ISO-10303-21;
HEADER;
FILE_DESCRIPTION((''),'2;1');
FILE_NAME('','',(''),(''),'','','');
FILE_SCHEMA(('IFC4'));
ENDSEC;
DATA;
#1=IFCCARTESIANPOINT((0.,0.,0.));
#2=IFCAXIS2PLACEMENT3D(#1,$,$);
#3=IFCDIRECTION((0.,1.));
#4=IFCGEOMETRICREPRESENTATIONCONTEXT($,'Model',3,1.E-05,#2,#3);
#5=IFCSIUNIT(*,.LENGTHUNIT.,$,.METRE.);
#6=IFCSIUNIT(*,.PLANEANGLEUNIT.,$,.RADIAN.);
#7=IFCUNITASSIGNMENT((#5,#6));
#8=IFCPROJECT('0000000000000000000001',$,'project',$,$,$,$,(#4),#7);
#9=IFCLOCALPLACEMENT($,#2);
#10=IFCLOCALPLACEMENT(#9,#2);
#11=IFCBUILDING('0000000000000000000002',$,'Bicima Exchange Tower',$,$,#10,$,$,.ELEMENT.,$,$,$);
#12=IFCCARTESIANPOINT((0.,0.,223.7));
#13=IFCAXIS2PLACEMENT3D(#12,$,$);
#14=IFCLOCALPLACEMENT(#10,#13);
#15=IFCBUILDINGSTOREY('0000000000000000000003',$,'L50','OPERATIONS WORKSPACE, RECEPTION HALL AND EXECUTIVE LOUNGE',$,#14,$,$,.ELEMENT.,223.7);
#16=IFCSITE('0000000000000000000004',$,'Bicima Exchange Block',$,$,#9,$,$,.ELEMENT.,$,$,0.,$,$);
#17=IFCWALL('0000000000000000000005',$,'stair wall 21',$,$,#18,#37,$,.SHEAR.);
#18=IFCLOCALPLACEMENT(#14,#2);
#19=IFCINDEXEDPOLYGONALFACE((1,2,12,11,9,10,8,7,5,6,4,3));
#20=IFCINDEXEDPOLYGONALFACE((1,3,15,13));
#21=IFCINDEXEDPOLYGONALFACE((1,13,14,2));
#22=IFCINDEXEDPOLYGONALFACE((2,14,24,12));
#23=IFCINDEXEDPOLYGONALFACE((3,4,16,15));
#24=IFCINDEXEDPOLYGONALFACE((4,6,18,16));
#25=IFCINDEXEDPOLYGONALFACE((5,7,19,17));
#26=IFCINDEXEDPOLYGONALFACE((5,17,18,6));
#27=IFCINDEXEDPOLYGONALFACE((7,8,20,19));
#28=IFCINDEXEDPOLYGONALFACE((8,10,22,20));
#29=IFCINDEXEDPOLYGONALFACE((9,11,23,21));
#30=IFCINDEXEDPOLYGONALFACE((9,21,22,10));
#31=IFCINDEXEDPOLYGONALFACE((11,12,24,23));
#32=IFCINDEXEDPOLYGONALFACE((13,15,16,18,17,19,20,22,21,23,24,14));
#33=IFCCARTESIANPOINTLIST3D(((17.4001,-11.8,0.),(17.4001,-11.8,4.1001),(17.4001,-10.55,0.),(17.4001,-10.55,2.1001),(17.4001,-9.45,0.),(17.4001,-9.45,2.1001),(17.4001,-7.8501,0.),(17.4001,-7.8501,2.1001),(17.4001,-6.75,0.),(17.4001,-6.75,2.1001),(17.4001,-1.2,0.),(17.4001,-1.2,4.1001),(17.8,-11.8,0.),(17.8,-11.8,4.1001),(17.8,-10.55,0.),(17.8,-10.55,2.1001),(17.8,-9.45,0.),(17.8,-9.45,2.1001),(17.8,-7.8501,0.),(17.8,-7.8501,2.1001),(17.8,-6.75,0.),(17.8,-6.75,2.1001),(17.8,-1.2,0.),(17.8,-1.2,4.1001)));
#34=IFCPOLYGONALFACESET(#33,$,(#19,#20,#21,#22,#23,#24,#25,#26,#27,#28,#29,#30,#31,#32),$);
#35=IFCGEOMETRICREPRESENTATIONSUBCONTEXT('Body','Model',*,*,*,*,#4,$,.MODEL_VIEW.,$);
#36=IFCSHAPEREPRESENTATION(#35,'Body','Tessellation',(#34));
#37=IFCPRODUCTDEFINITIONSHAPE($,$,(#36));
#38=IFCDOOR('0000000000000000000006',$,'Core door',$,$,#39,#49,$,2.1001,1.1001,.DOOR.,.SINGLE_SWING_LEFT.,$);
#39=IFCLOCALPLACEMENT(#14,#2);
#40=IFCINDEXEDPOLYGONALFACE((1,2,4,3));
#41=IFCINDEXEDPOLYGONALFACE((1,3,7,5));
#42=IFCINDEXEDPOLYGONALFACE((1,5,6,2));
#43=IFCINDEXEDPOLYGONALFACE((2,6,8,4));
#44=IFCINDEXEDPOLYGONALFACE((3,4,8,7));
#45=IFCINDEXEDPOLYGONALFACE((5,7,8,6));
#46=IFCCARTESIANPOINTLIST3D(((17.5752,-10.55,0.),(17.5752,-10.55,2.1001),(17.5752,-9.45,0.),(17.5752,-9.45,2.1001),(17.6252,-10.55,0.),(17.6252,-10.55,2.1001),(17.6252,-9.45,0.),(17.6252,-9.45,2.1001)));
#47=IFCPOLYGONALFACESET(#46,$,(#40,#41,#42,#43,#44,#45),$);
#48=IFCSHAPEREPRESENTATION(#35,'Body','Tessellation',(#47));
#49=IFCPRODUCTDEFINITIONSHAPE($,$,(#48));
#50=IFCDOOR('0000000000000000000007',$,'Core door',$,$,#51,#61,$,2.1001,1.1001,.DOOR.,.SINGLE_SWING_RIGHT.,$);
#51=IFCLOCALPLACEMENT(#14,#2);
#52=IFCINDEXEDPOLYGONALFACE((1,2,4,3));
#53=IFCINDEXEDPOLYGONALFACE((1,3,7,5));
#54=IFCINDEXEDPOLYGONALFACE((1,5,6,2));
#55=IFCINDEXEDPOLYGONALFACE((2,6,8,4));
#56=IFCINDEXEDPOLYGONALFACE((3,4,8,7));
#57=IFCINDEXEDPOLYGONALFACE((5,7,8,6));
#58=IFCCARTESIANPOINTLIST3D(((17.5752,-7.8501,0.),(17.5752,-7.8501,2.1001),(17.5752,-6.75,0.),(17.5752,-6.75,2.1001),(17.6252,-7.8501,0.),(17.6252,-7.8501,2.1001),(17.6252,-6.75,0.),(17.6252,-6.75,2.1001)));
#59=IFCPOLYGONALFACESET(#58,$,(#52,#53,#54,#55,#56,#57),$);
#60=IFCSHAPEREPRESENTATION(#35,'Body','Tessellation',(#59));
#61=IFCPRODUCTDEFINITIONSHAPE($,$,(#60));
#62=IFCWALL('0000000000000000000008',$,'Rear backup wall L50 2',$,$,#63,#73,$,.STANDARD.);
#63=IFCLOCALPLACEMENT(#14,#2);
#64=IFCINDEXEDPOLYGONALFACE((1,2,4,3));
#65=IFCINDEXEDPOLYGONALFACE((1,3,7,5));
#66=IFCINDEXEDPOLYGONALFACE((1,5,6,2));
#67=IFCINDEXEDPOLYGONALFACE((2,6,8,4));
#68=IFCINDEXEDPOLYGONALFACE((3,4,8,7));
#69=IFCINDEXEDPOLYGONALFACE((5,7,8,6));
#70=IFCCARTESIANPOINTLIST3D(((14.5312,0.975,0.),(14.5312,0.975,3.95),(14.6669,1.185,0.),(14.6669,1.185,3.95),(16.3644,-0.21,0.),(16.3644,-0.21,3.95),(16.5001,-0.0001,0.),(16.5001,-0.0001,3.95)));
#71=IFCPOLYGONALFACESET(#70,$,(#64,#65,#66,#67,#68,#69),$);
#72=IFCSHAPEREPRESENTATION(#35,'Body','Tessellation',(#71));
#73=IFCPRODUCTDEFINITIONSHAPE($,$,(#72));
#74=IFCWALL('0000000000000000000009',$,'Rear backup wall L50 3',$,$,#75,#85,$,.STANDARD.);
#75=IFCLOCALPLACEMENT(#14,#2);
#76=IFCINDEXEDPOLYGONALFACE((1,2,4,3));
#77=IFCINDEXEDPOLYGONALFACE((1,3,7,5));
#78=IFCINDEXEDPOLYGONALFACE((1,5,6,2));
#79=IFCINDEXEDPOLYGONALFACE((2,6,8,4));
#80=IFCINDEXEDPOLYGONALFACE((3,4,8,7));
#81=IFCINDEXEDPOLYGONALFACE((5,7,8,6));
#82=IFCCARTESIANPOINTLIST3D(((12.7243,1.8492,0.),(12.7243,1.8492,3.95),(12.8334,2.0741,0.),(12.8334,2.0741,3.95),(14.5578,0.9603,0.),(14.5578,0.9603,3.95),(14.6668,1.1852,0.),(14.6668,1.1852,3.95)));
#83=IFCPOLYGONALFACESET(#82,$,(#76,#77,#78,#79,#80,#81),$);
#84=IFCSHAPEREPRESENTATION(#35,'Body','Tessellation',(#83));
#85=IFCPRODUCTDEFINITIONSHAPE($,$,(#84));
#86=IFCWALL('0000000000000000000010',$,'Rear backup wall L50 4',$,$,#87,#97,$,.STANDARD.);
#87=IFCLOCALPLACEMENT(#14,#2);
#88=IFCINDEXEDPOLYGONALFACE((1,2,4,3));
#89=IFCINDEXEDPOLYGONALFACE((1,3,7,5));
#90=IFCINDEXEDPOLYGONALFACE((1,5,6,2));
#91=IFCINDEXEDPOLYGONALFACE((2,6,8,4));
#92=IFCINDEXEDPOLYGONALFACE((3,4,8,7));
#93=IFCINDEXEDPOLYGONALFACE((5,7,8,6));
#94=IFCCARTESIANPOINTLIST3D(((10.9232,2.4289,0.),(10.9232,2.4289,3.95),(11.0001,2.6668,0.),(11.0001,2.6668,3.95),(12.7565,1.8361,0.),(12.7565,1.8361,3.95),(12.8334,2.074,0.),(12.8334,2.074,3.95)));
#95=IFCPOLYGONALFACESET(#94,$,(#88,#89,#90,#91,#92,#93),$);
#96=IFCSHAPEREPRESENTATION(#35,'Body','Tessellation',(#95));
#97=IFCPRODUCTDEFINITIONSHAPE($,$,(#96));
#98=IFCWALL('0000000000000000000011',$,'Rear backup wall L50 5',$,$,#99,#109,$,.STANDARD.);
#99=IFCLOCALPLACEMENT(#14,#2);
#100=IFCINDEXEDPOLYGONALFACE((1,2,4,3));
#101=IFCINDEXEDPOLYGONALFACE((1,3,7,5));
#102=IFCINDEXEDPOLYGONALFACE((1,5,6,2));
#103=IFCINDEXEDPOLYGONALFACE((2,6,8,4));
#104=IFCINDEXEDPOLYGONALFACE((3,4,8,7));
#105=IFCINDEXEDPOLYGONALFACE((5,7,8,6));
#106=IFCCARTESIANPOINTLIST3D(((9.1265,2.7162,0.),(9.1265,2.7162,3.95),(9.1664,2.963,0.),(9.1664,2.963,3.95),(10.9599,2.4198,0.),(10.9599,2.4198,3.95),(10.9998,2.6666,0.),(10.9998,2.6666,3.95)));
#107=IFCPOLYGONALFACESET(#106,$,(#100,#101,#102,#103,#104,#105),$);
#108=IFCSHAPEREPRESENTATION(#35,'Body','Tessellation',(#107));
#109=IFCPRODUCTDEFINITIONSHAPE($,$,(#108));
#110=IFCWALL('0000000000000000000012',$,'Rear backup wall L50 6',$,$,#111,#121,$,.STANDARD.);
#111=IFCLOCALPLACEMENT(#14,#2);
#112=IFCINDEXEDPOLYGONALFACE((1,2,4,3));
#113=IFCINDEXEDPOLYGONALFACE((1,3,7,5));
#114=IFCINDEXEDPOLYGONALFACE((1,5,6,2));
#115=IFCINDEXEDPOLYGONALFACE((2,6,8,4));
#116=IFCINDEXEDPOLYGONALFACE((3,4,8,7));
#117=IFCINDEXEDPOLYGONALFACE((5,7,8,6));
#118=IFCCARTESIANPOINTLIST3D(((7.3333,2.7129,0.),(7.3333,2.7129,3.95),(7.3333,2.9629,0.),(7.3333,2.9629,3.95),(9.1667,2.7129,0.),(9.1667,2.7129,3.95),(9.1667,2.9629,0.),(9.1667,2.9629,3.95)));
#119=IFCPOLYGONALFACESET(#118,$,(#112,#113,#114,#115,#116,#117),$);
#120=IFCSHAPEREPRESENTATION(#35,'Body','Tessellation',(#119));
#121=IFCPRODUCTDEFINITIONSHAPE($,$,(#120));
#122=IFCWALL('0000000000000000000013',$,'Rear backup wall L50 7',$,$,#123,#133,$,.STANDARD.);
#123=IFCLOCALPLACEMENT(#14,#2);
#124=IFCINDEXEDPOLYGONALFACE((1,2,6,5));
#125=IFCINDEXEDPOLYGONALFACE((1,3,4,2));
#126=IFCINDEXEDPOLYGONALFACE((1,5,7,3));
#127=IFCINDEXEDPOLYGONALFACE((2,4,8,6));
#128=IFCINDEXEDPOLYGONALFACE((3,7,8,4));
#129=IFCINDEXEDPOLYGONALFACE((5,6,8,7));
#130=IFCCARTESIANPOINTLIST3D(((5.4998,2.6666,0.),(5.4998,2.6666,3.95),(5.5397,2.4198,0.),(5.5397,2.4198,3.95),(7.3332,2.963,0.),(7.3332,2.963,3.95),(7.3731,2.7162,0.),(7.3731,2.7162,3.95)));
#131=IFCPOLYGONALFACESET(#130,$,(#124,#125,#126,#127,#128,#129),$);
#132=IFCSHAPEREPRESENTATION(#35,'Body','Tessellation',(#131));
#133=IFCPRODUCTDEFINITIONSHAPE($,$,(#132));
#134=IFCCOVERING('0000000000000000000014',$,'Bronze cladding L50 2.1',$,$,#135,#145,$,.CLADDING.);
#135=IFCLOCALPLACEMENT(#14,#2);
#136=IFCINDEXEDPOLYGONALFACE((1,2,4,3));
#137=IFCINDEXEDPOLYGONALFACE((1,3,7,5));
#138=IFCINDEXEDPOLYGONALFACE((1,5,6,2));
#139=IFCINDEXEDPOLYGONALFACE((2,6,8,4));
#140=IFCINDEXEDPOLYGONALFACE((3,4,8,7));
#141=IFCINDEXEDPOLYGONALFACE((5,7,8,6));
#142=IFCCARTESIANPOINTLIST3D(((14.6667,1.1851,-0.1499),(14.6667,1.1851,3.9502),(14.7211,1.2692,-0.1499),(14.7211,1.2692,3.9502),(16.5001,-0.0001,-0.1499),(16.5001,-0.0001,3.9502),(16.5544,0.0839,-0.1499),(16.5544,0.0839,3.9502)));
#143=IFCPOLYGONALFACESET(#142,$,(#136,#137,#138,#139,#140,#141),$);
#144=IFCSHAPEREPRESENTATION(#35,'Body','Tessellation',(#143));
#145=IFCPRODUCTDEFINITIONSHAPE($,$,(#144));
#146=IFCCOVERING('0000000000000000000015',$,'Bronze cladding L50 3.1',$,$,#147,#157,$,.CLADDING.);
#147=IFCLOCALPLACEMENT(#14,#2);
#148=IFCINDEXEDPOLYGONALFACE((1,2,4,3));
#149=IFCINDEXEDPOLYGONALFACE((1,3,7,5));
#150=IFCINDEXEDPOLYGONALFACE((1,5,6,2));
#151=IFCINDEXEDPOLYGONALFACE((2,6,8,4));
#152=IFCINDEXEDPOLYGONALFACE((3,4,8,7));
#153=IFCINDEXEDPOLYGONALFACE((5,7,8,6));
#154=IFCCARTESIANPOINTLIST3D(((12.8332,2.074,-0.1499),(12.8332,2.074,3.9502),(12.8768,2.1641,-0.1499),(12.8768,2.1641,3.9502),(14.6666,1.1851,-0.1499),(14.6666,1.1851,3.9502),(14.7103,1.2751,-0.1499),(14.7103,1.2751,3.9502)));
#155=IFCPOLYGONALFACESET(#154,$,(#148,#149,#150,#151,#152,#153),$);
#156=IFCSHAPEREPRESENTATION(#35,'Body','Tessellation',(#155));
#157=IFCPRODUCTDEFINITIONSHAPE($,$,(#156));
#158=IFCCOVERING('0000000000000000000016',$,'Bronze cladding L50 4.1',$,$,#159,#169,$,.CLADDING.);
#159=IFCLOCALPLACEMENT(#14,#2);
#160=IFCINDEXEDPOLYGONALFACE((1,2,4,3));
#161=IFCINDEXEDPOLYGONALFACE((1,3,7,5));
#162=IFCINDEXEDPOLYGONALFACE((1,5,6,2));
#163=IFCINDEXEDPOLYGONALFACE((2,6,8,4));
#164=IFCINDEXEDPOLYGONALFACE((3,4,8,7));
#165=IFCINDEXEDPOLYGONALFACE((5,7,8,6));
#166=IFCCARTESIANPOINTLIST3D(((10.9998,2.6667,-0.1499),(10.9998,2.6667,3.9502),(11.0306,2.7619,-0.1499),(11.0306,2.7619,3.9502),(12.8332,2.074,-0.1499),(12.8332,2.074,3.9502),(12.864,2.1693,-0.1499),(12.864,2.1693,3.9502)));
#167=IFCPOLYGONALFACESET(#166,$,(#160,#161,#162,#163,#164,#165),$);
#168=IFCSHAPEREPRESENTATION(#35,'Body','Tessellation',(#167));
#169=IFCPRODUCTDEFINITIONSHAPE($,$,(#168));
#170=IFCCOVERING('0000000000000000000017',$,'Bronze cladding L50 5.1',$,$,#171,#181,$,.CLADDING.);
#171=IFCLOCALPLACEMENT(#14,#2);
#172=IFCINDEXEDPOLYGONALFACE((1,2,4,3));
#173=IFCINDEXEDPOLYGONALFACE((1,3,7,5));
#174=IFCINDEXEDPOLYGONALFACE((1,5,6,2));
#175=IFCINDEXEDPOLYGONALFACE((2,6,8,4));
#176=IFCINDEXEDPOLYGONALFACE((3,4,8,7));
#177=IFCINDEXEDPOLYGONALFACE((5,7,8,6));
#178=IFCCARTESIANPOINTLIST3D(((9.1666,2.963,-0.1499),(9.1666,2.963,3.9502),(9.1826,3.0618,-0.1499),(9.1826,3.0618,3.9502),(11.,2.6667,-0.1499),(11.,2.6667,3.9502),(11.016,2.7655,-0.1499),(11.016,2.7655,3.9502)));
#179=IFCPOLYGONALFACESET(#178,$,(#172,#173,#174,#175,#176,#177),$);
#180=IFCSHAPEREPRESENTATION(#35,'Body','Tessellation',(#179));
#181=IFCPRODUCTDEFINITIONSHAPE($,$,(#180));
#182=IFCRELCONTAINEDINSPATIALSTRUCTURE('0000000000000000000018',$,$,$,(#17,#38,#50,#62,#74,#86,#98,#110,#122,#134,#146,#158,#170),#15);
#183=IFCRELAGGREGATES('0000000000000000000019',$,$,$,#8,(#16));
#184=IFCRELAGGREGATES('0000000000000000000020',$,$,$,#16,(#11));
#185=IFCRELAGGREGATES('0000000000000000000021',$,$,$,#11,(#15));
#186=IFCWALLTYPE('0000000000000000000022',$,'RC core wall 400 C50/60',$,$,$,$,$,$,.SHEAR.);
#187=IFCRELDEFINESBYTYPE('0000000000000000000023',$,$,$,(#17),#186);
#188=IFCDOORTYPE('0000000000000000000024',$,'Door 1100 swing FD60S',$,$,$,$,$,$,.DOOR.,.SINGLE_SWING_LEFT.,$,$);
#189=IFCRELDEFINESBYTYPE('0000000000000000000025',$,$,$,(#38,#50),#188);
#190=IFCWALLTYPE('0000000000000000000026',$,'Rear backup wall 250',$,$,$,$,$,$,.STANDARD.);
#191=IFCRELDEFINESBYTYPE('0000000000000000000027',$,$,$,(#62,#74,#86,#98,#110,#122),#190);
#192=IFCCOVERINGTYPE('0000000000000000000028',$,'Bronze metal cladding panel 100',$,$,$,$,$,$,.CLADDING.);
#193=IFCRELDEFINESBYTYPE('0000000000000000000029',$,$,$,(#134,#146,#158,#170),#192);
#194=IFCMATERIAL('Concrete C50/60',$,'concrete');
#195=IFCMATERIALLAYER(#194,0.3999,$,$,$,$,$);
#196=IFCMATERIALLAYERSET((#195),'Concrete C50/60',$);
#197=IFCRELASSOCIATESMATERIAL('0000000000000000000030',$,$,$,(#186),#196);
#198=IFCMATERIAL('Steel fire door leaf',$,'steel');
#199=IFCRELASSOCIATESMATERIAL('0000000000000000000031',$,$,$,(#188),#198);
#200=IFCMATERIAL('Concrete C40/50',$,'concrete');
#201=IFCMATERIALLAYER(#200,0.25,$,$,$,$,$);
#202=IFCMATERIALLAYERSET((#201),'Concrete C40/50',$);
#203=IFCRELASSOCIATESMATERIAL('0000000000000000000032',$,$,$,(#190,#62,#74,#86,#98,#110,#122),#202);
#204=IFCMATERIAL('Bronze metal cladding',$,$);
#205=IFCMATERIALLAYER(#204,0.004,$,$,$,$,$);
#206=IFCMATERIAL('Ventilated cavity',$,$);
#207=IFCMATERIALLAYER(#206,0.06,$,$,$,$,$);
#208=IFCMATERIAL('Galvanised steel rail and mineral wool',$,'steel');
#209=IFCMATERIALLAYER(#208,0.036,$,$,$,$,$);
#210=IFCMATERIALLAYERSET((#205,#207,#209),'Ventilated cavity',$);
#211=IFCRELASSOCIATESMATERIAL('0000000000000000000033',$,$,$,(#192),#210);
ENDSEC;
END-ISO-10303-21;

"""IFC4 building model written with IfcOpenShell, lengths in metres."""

from ifc_helpers import new_model, si_unit, direction, frame, frame_2d, origin, origin_2d, place, context, subcontext, project, spatial, rectangle, extrude, material, layer, layer_set, layer_usage, type_object, element, fill, save


model = new_model("IFC4")

# Units and contexts
model_context = context("Model", 3, precision=1e-05, world=origin(), true_north=direction((0.0, 1.0)))
body_context = subcontext(model_context, "Body", "Model", "MODEL_VIEW")
ifc_project = project(units=[si_unit("LENGTHUNIT", "METRE"), si_unit("PLANEANGLEUNIT", "RADIAN")], contexts=[model_context])

# Site, building, storey
site_placement = place(None, origin())
site = spatial("IfcSite", under=ifc_project, at=site_placement, Name="Bicima Exchange Block", CompositionType="ELEMENT", RefElevation=0.0)
building_placement = place(site_placement, origin())
building = spatial("IfcBuilding", under=site, at=building_placement, Name="Bicima Exchange Tower", CompositionType="ELEMENT")
storey_placement = place(building_placement, frame((0.0, 0.0, 223.7)))
storey = spatial("IfcBuildingStorey", under=building, at=storey_placement, Name="L50", Description="OPERATIONS WORKSPACE, RECEPTION HALL AND EXECUTIVE LOUNGE", CompositionType="ELEMENT", Elevation=223.7)

# Shared definitions
ifc_material_1 = material(Name="Concrete C50/60", Category="concrete")
ifc_layer_1 = layer(ifc_material_1, 0.3999)
ifc_layer_set_1 = layer_set([ifc_layer_1], Name="Concrete C50/60")
wall_type_1 = type_object("IfcWallType", Name="RC core wall 400 C50/60", PredefinedType="SHEAR", material=ifc_layer_set_1)
ifc_material_2 = material(Name="Steel fire door leaf", Category="steel")

# Wall, openings, doors
door_type_1 = type_object("IfcDoorType", Name="Door 1100 swing FD60S", OperationType="SINGLE_SWING_LEFT", PredefinedType="DOOR", material=ifc_material_2)
wall_1_placement = place(storey_placement, frame((17.6001, -11.8, 0.0), z_axis=(0.0, 0.0, 1.0), x_axis=(0.0, 1.0, 0.0)))
wall_1 = element("IfcWall", 1, at=wall_1_placement, inside=storey, type_object=wall_type_1, Name="stair wall 21", PredefinedType="SHEAR", context=body_context, shape_type="SweptSolid", body=[
    extrude(rectangle(XDim=10.6001, YDim=0.3999, at=frame_2d((5.3, 0.0))), origin(), (0.0, 0.0, 1.0), 4.1001),
])
opening_1_placement = place(wall_1_placement, frame((1.25, 0.0, 0.0)))
opening_1 = element("IfcOpeningElement", 2, at=opening_1_placement, cuts=wall_1, PredefinedType="OPENING", context=body_context, shape_type="SweptSolid", body=[
    extrude(rectangle(XDim=1.1001, YDim=2.1001, at=frame_2d((0.55, 1.05))), frame((0.0, 0.2119, 0.0), z_axis=(0.0, -1.0, 0.0), x_axis=(1.0, 0.0, 0.0)), (0.0, 0.0, 1.0), 0.4238),
])
opening_2_placement = place(wall_1_placement, frame((3.95, 0.0, 0.0)))
opening_2 = element("IfcOpeningElement", 3, at=opening_2_placement, cuts=wall_1, PredefinedType="OPENING", context=body_context, shape_type="SweptSolid", body=[
    extrude(rectangle(XDim=1.1001, YDim=2.1001, at=frame_2d((0.55, 1.05))), frame((0.0, 0.2119, 0.0), z_axis=(0.0, -1.0, 0.0), x_axis=(1.0, 0.0, 0.0)), (0.0, 0.0, 1.0), 0.4238),
])
door_1_placement = place(opening_1_placement, origin())
door_1 = element("IfcDoor", 4, at=door_1_placement, inside=storey, type_object=door_type_1, Name="Core door", OperationType="SINGLE_SWING_LEFT", OverallHeight=2.1001, OverallWidth=1.1001, PredefinedType="DOOR", context=body_context, shape_type="SweptSolid", body=[
    extrude(rectangle(XDim=1.1001, YDim=2.1001, at=frame_2d((0.55, 1.05))), frame((0.0, 0.0249, 0.0), z_axis=(0.0, -1.0, 0.0), x_axis=(1.0, 0.0, 0.0)), (0.0, 0.0, 1.0), 0.05),
])
fill(opening_1, door_1)
door_2_placement = place(opening_2_placement, origin())
door_2 = element("IfcDoor", 5, at=door_2_placement, inside=storey, type_object=door_type_1, Name="Core door", OperationType="SINGLE_SWING_RIGHT", OverallHeight=2.1001, OverallWidth=1.1001, PredefinedType="DOOR", context=body_context, shape_type="SweptSolid", body=[
    extrude(rectangle(XDim=1.1001, YDim=2.1001, at=frame_2d((0.55, 1.05))), frame((0.0, 0.0249, 0.0), z_axis=(0.0, -1.0, 0.0), x_axis=(1.0, 0.0, 0.0)), (0.0, 0.0, 1.0), 0.05),
])
fill(opening_2, door_2)

# Walls
ifc_material_3 = material(Name="Concrete C40/50", Category="concrete")
ifc_layer_2 = layer(ifc_material_3, 0.25)
ifc_layer_set_2 = layer_set([ifc_layer_2], Name="Concrete C40/50")
ifc_layer_usage = layer_usage(ifc_layer_set_2, "AXIS2", "POSITIVE", -0.125)
wall_type_2 = type_object("IfcWallType", Name="Rear backup wall 250", PredefinedType="STANDARD", material=ifc_layer_set_2)
wall_2_placement = place(storey_placement, frame((16.4321, -0.105, 0.0), z_axis=(0.0, 0.0, 1.0), x_axis=(-0.839813, 0.542876, 0.0)))
element("IfcWall", 6, at=wall_2_placement, inside=storey, type_object=wall_type_2, material=ifc_layer_usage, Name="Rear backup wall L50 2", PredefinedType="STANDARD", context=body_context, shape_type="SweptSolid", body=[
    extrude(rectangle(XDim=2.1829, YDim=0.25, at=frame_2d((1.0913, 0.0))), origin(), (0.0, 0.0, 1.0), 3.95),
])
wall_3_placement = place(storey_placement, frame((14.6123, 1.0728, 0.0), z_axis=(0.0, 0.0, 1.0), x_axis=(-0.899824, 0.436253, 0.0)))
element("IfcWall", 7, at=wall_3_placement, inside=storey, type_object=wall_type_2, material=ifc_layer_usage, Name="Rear backup wall L50 3", PredefinedType="STANDARD", context=body_context, shape_type="SweptSolid", body=[
    extrude(rectangle(XDim=2.0376, YDim=0.25, at=frame_2d((1.0188, 0.0))), origin(), (0.0, 0.0, 1.0), 3.95),
])
wall_4_placement = place(storey_placement, frame((12.7949, 1.9551, 0.0), z_axis=(0.0, 0.0, 1.0), x_axis=(-0.951496, 0.307662, 0.0)))
element("IfcWall", 8, at=wall_4_placement, inside=storey, type_object=wall_type_2, material=ifc_layer_usage, Name="Rear backup wall L50 4", PredefinedType="STANDARD", context=body_context, shape_type="SweptSolid", body=[
    extrude(rectangle(XDim=1.9268, YDim=0.25, at=frame_2d((0.9634, 0.0))), origin(), (0.0, 0.0, 1.0), 3.95),
])
wall_5_placement = place(storey_placement, frame((10.98, 2.5432, 0.0), z_axis=(0.0, 0.0, 1.0), x_axis=(-0.987182, 0.1596, 0.0)))
element("IfcWall", 9, at=wall_5_placement, inside=storey, type_object=wall_type_2, material=ifc_layer_usage, Name="Rear backup wall L50 5", PredefinedType="STANDARD", context=body_context, shape_type="SweptSolid", body=[
    extrude(rectangle(XDim=1.8572, YDim=0.25, at=frame_2d((0.9287, 0.0))), origin(), (0.0, 0.0, 1.0), 3.95),
])
wall_6_placement = place(storey_placement, frame((9.1667, 2.8379, 0.0), z_axis=(0.0, 0.0, 1.0), x_axis=(-1.0, 0.0, 0.0)))
element("IfcWall", 10, at=wall_6_placement, inside=storey, type_object=wall_type_2, material=ifc_layer_usage, Name="Rear backup wall L50 6", PredefinedType="STANDARD", context=body_context, shape_type="SweptSolid", body=[
    extrude(rectangle(XDim=1.8335, YDim=0.25, at=frame_2d((0.9167, 0.0))), origin(), (0.0, 0.0, 1.0), 3.95),
])
wall_7_placement = place(storey_placement, frame((7.3533, 2.8396, 0.0), z_axis=(0.0, 0.0, 1.0), x_axis=(-0.987182, -0.1596, 0.0)))
element("IfcWall", 11, at=wall_7_placement, inside=storey, type_object=wall_type_2, material=ifc_layer_usage, Name="Rear backup wall L50 7", PredefinedType="STANDARD", context=body_context, shape_type="SweptSolid", body=[
    extrude(rectangle(XDim=1.8572, YDim=0.25, at=frame_2d((0.9287, 0.0))), origin(), (0.0, 0.0, 1.0), 3.95),
])

# Coverings
ifc_material_4 = material(Name="Bronze metal cladding")
ifc_layer_3 = layer(ifc_material_4, 0.004)
ifc_material_5 = material(Name="Ventilated cavity")
ifc_layer_4 = layer(ifc_material_5, 0.06)
ifc_material_6 = material(Name="Galvanised steel rail and mineral wool", Category="steel")
ifc_layer_5 = layer(ifc_material_6, 0.036)
ifc_layer_set_3 = layer_set([ifc_layer_3, ifc_layer_4, ifc_layer_5], Name="Ventilated cavity")
covering_type = type_object("IfcCoveringType", Name="Bronze metal cladding panel 100", PredefinedType="CLADDING", material=ifc_layer_set_3)
covering_1_placement = place(storey_placement, frame((15.6106, 0.6345, -0.1499), z_axis=(0.0, 0.0, 1.0), x_axis=(-0.83979, 0.542911, 0.0)))
element("IfcCovering", 12, at=covering_1_placement, inside=storey, type_object=covering_type, Name="Bronze cladding L50 2.1", PredefinedType="CLADDING", context=body_context, shape_type="SweptSolid", body=[
    extrude(rectangle(XDim=2.1831, YDim=0.1001, at=origin_2d()), origin(), (0.0, 0.0, 1.0), 4.1001),
])
covering_2_placement = place(storey_placement, frame((13.7717, 1.6746, -0.1499), z_axis=(0.0, 0.0, 1.0), x_axis=(-0.899818, 0.436265, 0.0)))
element("IfcCovering", 13, at=covering_2_placement, inside=storey, type_object=covering_type, Name="Bronze cladding L50 3.1", PredefinedType="CLADDING", context=body_context, shape_type="SweptSolid", body=[
    extrude(rectangle(XDim=2.0376, YDim=0.1001, at=origin_2d()), origin(), (0.0, 0.0, 1.0), 4.1001),
])
covering_3_placement = place(storey_placement, frame((11.9319, 2.418, -0.1499), z_axis=(0.0, 0.0, 1.0), x_axis=(-0.951525, 0.307573, 0.0)))
element("IfcCovering", 14, at=covering_3_placement, inside=storey, type_object=covering_type, Name="Bronze cladding L50 4.1", PredefinedType="CLADDING", context=body_context, shape_type="SweptSolid", body=[
    extrude(rectangle(XDim=1.9268, YDim=0.1001, at=origin_2d()), origin(), (0.0, 0.0, 1.0), 4.1001),
])
covering_4_placement = place(storey_placement, frame((10.0913, 2.8643, -0.1499), z_axis=(0.0, 0.0, 1.0), x_axis=(-0.98719, 0.15955, 0.0)))
element("IfcCovering", 15, at=covering_4_placement, inside=storey, type_object=covering_type, Name="Bronze cladding L50 5.1", PredefinedType="CLADDING", context=body_context, shape_type="SweptSolid", body=[
    extrude(rectangle(XDim=1.8572, YDim=0.1001, at=origin_2d()), origin(), (0.0, 0.0, 1.0), 4.1001),
])

save(model, "model.ifc")
